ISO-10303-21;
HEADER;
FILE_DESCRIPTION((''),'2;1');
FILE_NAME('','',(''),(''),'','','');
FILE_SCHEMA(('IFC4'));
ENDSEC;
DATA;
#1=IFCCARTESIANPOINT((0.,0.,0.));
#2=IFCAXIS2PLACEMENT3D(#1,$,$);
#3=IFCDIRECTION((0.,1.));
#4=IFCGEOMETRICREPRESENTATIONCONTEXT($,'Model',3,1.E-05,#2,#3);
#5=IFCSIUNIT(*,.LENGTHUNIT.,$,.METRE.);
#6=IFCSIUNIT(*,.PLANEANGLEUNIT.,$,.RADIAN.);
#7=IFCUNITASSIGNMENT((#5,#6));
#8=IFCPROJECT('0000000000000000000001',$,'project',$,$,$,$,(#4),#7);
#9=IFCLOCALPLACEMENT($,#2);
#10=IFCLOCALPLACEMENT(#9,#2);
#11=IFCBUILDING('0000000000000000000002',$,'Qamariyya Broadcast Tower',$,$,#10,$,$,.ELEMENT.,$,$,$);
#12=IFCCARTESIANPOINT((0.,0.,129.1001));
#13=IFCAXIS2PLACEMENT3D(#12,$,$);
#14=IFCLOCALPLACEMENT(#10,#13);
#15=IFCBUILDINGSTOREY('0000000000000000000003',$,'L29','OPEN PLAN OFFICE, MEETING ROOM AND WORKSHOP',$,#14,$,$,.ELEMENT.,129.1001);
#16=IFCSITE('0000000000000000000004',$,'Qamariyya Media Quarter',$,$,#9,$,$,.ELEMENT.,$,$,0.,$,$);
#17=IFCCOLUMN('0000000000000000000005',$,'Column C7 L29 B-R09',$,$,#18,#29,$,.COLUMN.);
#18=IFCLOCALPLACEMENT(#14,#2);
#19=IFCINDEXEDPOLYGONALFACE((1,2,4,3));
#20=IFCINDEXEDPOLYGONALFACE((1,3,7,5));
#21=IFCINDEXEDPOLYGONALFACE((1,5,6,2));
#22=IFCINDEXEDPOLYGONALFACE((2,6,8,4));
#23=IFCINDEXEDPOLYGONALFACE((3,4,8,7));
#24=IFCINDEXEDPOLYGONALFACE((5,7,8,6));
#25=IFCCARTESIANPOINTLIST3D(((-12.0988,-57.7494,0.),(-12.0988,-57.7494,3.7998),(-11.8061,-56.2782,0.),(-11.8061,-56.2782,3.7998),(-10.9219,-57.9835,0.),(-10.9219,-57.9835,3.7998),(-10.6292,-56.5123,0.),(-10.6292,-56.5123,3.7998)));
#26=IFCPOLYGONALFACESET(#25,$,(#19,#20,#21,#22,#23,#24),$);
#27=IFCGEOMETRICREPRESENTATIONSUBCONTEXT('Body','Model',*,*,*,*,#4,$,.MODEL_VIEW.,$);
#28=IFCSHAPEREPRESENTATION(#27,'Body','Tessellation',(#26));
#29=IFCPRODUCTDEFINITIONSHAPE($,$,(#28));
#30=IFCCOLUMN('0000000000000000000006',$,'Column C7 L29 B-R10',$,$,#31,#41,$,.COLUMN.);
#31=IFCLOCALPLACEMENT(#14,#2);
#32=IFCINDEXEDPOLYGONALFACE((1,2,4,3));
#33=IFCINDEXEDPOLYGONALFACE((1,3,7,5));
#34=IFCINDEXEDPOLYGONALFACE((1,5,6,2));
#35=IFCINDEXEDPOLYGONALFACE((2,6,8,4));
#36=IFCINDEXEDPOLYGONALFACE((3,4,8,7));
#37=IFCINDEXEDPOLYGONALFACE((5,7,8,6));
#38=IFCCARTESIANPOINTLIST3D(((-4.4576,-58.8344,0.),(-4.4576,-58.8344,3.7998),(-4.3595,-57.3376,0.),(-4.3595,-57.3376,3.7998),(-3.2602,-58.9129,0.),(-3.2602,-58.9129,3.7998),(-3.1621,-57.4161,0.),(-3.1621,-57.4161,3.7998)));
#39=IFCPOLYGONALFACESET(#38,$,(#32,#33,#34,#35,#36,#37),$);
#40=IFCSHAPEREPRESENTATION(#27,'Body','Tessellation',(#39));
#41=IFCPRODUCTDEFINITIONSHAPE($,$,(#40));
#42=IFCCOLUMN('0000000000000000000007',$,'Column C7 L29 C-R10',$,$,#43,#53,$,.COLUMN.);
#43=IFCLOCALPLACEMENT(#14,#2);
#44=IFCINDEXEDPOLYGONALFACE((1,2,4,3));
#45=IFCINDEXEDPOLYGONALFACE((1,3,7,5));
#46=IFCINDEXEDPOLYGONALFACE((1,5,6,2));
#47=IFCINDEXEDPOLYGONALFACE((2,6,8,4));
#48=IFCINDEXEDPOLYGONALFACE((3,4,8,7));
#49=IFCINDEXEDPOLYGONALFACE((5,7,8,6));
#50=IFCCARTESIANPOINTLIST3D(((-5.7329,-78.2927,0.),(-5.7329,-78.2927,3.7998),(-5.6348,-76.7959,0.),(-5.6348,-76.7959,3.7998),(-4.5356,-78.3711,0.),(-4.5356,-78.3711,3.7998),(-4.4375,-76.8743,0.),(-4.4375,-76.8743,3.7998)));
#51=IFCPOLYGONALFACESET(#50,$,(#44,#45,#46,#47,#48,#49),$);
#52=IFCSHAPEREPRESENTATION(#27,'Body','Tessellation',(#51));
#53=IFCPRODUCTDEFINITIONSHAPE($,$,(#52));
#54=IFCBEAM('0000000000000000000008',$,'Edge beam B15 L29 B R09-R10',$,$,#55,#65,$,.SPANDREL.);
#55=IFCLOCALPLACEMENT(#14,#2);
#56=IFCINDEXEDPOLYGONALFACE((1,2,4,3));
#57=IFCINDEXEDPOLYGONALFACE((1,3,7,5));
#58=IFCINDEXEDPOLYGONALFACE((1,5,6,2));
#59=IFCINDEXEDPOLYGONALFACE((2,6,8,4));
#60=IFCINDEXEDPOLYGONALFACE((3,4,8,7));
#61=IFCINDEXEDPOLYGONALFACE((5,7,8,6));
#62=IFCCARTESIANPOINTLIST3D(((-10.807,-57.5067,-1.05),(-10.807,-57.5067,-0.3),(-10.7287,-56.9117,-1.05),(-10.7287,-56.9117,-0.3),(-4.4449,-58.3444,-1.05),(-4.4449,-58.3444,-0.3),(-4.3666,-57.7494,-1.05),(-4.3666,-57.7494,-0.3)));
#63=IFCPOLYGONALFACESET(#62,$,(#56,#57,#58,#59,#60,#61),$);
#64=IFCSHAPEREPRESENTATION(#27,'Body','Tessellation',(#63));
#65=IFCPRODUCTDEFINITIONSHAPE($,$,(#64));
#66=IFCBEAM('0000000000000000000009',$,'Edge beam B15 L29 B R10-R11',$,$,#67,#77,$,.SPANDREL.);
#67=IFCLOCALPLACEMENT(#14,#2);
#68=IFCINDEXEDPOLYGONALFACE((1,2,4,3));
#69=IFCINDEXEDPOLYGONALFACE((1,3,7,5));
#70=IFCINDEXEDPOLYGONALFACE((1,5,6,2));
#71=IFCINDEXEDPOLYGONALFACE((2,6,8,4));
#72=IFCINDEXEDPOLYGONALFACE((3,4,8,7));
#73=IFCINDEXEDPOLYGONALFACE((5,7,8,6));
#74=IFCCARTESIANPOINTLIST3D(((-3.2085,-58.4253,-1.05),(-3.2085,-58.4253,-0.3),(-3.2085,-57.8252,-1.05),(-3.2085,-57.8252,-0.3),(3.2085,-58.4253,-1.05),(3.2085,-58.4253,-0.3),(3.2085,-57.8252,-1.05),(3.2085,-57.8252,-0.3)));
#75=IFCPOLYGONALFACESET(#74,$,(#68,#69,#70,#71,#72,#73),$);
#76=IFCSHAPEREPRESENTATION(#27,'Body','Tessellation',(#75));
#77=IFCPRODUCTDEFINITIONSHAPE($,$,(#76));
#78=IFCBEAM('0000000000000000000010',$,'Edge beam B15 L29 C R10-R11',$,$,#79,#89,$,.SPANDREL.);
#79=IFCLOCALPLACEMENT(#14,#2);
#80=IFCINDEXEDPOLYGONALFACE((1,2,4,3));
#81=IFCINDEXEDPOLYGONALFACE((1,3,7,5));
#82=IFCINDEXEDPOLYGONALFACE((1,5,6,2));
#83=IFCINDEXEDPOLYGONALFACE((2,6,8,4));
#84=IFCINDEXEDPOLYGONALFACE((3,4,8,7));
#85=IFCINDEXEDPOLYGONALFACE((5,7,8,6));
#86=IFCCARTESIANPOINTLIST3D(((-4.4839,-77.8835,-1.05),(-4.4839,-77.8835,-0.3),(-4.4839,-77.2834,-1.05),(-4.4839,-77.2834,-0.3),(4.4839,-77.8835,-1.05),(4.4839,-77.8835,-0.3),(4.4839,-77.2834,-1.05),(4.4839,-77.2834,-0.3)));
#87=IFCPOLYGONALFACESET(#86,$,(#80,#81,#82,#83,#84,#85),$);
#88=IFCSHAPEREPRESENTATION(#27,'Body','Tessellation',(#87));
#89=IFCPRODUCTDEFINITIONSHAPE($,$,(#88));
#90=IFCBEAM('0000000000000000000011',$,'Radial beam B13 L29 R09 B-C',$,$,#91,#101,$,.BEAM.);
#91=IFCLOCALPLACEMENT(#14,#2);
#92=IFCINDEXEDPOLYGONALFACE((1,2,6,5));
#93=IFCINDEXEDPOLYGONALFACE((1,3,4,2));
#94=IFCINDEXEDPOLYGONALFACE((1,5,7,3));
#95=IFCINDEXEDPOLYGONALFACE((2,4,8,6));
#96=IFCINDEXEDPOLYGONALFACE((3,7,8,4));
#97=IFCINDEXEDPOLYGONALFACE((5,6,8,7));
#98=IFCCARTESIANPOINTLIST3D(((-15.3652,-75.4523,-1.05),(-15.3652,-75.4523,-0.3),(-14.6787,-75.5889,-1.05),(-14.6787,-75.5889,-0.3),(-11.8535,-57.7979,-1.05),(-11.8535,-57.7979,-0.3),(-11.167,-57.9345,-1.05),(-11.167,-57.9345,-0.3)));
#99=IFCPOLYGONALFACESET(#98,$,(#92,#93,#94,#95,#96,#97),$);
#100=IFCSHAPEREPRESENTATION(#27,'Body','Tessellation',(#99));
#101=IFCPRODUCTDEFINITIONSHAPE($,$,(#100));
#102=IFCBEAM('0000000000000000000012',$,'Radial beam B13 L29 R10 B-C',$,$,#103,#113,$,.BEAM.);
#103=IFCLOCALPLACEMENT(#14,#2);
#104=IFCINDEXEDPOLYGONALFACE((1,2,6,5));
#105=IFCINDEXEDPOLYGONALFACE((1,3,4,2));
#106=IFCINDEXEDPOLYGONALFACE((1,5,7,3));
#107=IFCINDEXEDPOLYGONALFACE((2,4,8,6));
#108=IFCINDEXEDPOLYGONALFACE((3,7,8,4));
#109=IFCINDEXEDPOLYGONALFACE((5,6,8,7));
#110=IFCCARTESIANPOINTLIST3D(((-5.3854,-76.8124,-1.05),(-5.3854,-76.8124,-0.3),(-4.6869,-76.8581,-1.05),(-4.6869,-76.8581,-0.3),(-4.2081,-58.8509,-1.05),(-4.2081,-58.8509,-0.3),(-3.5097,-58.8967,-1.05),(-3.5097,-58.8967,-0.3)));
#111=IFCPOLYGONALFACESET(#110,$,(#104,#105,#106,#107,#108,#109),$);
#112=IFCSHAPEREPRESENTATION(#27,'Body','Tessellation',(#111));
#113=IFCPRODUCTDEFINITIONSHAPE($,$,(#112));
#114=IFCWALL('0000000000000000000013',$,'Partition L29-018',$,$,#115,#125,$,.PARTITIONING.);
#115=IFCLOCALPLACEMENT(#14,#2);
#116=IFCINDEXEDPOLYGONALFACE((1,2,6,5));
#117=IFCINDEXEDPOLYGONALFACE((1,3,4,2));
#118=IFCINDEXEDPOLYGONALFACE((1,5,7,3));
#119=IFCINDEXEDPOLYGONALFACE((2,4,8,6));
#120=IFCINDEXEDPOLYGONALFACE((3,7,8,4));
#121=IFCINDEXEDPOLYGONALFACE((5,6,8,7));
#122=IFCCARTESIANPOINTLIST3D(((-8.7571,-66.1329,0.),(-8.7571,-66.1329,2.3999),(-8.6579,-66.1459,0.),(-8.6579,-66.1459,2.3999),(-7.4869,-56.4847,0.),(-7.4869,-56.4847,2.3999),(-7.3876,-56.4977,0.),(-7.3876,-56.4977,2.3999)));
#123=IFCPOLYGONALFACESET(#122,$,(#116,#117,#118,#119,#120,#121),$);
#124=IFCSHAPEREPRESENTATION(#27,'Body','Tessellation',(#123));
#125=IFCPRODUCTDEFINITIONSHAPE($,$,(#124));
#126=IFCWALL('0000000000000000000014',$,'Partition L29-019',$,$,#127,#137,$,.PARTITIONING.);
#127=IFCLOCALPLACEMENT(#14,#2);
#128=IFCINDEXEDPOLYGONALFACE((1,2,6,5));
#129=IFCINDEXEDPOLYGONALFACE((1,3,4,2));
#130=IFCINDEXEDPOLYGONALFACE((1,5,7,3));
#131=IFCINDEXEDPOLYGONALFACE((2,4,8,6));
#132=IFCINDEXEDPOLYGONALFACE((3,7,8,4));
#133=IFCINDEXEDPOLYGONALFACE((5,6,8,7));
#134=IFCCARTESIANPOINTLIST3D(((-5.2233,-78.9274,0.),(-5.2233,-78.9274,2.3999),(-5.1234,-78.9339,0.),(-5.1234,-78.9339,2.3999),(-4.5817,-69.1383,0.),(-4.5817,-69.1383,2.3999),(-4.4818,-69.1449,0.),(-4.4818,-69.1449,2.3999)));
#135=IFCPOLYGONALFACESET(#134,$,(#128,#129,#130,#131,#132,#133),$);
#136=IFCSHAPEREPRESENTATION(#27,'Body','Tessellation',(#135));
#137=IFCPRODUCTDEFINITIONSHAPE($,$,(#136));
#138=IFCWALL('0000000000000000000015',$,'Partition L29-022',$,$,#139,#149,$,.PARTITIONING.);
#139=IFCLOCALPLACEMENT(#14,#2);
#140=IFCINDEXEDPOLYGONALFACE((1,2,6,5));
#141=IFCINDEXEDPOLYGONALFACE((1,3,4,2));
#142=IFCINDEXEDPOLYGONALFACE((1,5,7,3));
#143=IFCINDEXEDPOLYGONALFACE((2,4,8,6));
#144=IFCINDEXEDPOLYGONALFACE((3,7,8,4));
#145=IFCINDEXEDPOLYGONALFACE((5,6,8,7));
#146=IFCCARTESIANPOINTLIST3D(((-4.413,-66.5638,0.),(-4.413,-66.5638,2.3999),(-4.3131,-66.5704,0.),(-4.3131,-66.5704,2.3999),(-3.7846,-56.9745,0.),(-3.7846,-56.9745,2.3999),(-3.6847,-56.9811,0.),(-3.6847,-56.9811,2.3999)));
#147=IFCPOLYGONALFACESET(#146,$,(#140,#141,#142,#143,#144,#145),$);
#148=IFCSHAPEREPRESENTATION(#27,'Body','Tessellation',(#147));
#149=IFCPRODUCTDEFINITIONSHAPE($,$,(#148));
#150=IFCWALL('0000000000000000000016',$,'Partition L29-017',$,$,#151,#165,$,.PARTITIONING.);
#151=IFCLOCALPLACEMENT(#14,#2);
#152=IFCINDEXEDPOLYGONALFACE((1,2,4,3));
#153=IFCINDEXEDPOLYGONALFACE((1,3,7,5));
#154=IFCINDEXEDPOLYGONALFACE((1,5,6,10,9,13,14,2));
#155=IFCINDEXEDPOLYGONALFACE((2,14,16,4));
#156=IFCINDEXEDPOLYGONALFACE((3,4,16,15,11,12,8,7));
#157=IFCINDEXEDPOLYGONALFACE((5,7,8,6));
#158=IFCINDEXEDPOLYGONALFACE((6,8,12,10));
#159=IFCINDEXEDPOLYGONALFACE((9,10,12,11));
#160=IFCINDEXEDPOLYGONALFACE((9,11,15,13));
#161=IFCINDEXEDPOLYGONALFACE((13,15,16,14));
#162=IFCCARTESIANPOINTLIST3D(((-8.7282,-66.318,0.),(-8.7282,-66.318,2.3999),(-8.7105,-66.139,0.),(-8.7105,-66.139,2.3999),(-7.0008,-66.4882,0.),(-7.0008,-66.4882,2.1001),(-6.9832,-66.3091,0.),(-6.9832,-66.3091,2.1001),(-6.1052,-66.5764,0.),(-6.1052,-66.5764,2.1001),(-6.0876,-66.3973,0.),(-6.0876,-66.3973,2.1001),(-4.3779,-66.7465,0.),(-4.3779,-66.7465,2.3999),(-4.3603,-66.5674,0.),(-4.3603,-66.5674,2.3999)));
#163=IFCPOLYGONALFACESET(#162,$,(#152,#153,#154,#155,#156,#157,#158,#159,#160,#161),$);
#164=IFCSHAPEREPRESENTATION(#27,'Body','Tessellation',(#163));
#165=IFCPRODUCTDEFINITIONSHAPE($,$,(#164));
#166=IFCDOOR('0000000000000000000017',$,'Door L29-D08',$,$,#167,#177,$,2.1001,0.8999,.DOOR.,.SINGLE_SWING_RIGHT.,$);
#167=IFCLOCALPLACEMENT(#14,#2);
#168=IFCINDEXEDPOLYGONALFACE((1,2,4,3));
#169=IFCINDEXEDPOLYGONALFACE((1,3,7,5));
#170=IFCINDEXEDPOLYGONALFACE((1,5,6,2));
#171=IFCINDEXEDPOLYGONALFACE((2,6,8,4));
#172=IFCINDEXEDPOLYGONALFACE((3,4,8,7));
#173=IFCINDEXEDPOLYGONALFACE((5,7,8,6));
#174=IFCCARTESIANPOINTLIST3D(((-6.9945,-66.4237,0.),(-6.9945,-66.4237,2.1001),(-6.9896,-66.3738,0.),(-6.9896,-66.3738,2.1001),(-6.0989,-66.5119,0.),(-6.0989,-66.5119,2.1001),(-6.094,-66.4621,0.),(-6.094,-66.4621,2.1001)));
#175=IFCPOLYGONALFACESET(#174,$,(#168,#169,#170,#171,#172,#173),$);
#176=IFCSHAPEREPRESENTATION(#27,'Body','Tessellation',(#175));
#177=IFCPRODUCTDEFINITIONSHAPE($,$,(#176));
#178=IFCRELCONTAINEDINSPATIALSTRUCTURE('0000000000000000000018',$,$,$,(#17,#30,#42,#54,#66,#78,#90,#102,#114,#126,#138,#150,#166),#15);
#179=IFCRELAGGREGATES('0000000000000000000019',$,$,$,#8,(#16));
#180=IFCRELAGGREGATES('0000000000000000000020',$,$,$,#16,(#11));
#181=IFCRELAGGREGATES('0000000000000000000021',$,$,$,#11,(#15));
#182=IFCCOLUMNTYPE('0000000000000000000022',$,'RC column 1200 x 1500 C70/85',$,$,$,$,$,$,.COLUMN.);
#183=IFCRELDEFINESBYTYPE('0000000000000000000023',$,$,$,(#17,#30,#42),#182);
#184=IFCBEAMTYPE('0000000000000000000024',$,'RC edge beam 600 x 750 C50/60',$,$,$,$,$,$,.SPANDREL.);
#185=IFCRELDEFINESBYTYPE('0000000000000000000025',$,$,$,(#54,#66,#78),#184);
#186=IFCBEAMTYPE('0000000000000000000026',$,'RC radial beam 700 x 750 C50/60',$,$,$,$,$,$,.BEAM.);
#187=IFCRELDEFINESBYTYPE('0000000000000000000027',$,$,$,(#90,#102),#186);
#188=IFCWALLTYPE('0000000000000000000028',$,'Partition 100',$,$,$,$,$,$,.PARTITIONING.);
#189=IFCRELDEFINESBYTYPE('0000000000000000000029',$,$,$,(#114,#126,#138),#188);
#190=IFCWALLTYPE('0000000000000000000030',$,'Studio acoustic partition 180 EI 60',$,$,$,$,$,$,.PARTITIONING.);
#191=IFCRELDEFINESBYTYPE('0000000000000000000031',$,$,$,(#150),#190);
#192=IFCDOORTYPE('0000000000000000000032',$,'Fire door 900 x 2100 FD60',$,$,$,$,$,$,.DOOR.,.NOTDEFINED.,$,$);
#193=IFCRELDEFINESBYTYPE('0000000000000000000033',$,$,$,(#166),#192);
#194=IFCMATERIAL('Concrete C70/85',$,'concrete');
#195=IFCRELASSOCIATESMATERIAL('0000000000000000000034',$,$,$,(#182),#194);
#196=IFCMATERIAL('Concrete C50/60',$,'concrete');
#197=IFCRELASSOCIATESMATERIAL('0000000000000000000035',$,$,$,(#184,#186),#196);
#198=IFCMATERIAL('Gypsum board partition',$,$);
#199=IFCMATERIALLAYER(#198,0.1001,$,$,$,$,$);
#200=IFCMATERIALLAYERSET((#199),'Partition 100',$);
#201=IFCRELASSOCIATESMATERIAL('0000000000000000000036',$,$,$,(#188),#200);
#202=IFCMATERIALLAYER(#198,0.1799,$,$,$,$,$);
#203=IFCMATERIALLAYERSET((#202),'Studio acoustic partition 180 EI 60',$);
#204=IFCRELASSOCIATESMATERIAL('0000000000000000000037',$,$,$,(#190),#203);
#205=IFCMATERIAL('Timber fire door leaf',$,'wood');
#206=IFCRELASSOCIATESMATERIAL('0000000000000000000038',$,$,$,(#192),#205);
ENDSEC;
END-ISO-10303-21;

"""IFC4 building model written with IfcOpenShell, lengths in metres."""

from ifc_helpers import new_model, si_unit, direction, frame, frame_2d, origin, origin_2d, place, context, subcontext, project, spatial, rectangle, extrude, material, layer, layer_set, material_profile, profile_set, type_object, element, fill, save


model = new_model("IFC4")

# Units and contexts
model_context = context("Model", 3, precision=1e-05, world=origin(), true_north=direction((0.0, 1.0)))
body_context = subcontext(model_context, "Body", "Model", "MODEL_VIEW")
ifc_project = project(units=[si_unit("LENGTHUNIT", "METRE"), si_unit("PLANEANGLEUNIT", "RADIAN")], contexts=[model_context])

# Site, building, storey
site_placement = place(None, origin())
site = spatial("IfcSite", under=ifc_project, at=site_placement, Name="Qamariyya Media Quarter", CompositionType="ELEMENT", RefElevation=0.0)
building_placement = place(site_placement, origin())
building = spatial("IfcBuilding", under=site, at=building_placement, Name="Qamariyya Broadcast Tower", CompositionType="ELEMENT")
storey_placement = place(building_placement, frame((0.0, 0.0, 129.1001)))
storey = spatial("IfcBuildingStorey", under=building, at=storey_placement, Name="L29", Description="OPEN PLAN OFFICE, MEETING ROOM AND WORKSHOP", CompositionType="ELEMENT", Elevation=129.1001)

# Columns
ifc_material_1 = material(Name="Concrete C70/85", Category="concrete")
ifc_material_profile_1 = material_profile(ifc_material_1, rectangle(XDim=1.2, YDim=1.5, at=origin_2d()))
ifc_profile_set_1 = profile_set([ifc_material_profile_1], Name="Concrete C70/85")
column_type = type_object("IfcColumnType", Name="RC column 1200 x 1500 C70/85", PredefinedType="COLUMN", material=ifc_profile_set_1)
for number, where, z_axis, x_axis, name in (
    (1, (-11.364, -57.1309, 0.0), (0.0, 0.0, 1.0), (0.980785, -0.19509, 0.0), "Column C7 L29 B-R09"),
    (2, (-3.8098, -58.1252, 0.0), (0.0, 0.0, 1.0), (0.997859, -0.065403, 0.0), "Column C7 L29 B-R10"),
    (3, (-5.0852, -77.5835, 0.0), (0.0, 0.0, 1.0), (0.997859, -0.065403, 0.0), "Column C7 L29 C-R10"),
):
    element("IfcColumn", number, at=place(storey_placement, frame(where, z_axis=z_axis, x_axis=x_axis)), inside=storey, type_object=column_type, Name=name, PredefinedType="COLUMN", context=body_context, shape_type="SweptSolid", body=[
        extrude(rectangle(XDim=1.2, YDim=1.5, at=origin_2d()), origin(), (0.0, 0.0, 1.0), 3.7998),
    ])

# Beams
ifc_material_2 = material(Name="Concrete C50/60", Category="concrete")
ifc_material_profile_2 = material_profile(ifc_material_2, rectangle(XDim=0.6001, YDim=0.75, at=origin_2d()))
ifc_profile_set_2 = profile_set([ifc_material_profile_2], Name="Concrete C50/60")
beam_type_1 = type_object("IfcBeamType", Name="RC edge beam 600 x 750 C50/60", PredefinedType="SPANDREL", material=ifc_profile_set_2)
for number, where, z_axis, x_axis, name in (
    (4, (-10.7678, -57.2092, -0.675), (0.991444, -0.130536, 0.0), (0.130536, 0.991444, 0.0), "Edge beam B15 L29 B R09-R10"),
    (5, (-3.2085, -58.1252, -0.675), (1.0, 0.0, 0.0), (0.0, 1.0, 0.0), "Edge beam B15 L29 B R10-R11"),
):
    element("IfcBeam", number, at=place(storey_placement, frame(where, z_axis=z_axis, x_axis=x_axis)), inside=storey, type_object=beam_type_1, Name=name, PredefinedType="SPANDREL", context=body_context, shape_type="SweptSolid", body=[
        extrude(rectangle(XDim=0.6001, YDim=0.75, at=origin_2d()), origin(), (0.0, 0.0, 1.0), 6.417),
    ])
beam_1_placement = place(storey_placement, frame((-4.4839, -77.5835, -0.675), z_axis=(1.0, 0.0, 0.0), x_axis=(0.0, 1.0, 0.0)))
element("IfcBeam", 6, at=beam_1_placement, inside=storey, type_object=beam_type_1, Name="Edge beam B15 L29 C R10-R11", PredefinedType="SPANDREL", context=body_context, shape_type="SweptSolid", body=[
    extrude(rectangle(XDim=0.6001, YDim=0.75, at=origin_2d()), origin(), (0.0, 0.0, 1.0), 8.9678),
])
ifc_material_profile_3 = material_profile(ifc_material_2, rectangle(XDim=0.7, YDim=0.75, at=origin_2d()))
ifc_profile_set_3 = profile_set([ifc_material_profile_3], Name="Concrete C50/60")
beam_type_2 = type_object("IfcBeamType", Name="RC radial beam 700 x 750 C50/60", PredefinedType="BEAM", material=ifc_profile_set_3)
beam_2_placement = place(storey_placement, frame((-11.5103, -57.8662, -0.675), z_axis=(-0.195094, -0.980785, 0.0), x_axis=(0.980785, -0.195094, 0.0)))
element("IfcBeam", 7, at=beam_2_placement, inside=storey, type_object=beam_type_2, Name="Radial beam B13 L29 R09 B-C", PredefinedType="BEAM", context=body_context, shape_type="SweptSolid", body=[
    extrude(rectangle(XDim=0.7, YDim=0.75, at=origin_2d()), origin(), (0.0, 0.0, 1.0), 18.0002),
])
beam_3_placement = place(storey_placement, frame((-3.8589, -58.8738, -0.675), z_axis=(-0.065403, -0.997859, 0.0), x_axis=(0.997859, -0.065403, 0.0)))
element("IfcBeam", 8, at=beam_3_placement, inside=storey, type_object=beam_type_2, Name="Radial beam B13 L29 R10 B-C", PredefinedType="BEAM", context=body_context, shape_type="SweptSolid", body=[
    extrude(rectangle(XDim=0.7, YDim=0.75, at=origin_2d()), origin(), (0.0, 0.0, 1.0), 18.0),
])

# Walls
ifc_material_3 = material(Name="Gypsum board partition")
ifc_layer_1 = layer(ifc_material_3, 0.1001)
ifc_layer_set_1 = layer_set([ifc_layer_1], Name="Partition 100")
wall_type_1 = type_object("IfcWallType", Name="Partition 100", PredefinedType="PARTITIONING", material=ifc_layer_set_1)
wall_1_placement = place(storey_placement, frame((-7.4373, -56.4912, 0.0), z_axis=(0.0, 0.0, 1.0), x_axis=(-0.130532, -0.991444, 0.0)))
element("IfcWall", 9, at=wall_1_placement, inside=storey, type_object=wall_type_1, Name="Partition L29-018", PredefinedType="PARTITIONING", context=body_context, shape_type="SweptSolid", body=[
    extrude(rectangle(XDim=9.7314, YDim=0.1001, at=frame_2d((4.8657, 0.0))), origin(), (0.0, 0.0, 1.0), 2.3999),
])
wall_2_placement = place(storey_placement, frame((-5.1733, -78.9307, 0.0), z_axis=(0.0, 0.0, 1.0), x_axis=(0.065402, 0.997859, 0.0)))
element("IfcWall", 10, at=wall_2_placement, inside=storey, type_object=wall_type_1, Name="Partition L29-019", PredefinedType="PARTITIONING", context=body_context, shape_type="SweptSolid", body=[
    extrude(rectangle(XDim=9.8101, YDim=0.1001, at=frame_2d((4.905, 0.0))), origin(), (0.0, 0.0, 1.0), 2.3999),
])
wall_3_placement = place(storey_placement, frame((-3.7346, -56.9778, 0.0), z_axis=(0.0, 0.0, 1.0), x_axis=(-0.065393, -0.99786, 0.0)))
element("IfcWall", 11, at=wall_3_placement, inside=storey, type_object=wall_type_1, Name="Partition L29-022", PredefinedType="PARTITIONING", context=body_context, shape_type="SweptSolid", body=[
    extrude(rectangle(XDim=9.6099, YDim=0.1001, at=frame_2d((4.8049, 0.0))), origin(), (0.0, 0.0, 1.0), 2.3999),
])

# Wall, opening, door
ifc_layer_2 = layer(ifc_material_3, 0.1799)
ifc_layer_set_2 = layer_set([ifc_layer_2], Name="Studio acoustic partition 180 EI 60")
wall_type_2 = type_object("IfcWallType", Name="Studio acoustic partition 180 EI 60", PredefinedType="PARTITIONING", material=ifc_layer_set_2)
wall_4_placement = place(storey_placement, frame((-8.7192, -66.2285, 0.0), z_axis=(0.0, 0.0, 1.0), x_axis=(0.995185, -0.098016, 0.0)))
wall_4 = element("IfcWall", 12, at=wall_4_placement, inside=storey, type_object=wall_type_2, Name="Partition L29-017", PredefinedType="PARTITIONING", context=body_context, shape_type="SweptSolid", body=[
    extrude(rectangle(XDim=4.3713, YDim=0.1799, at=frame_2d((2.1855, 0.0))), origin(), (0.0, 0.0, 1.0), 2.3999),
])
opening_1_placement = place(wall_4_placement, frame((1.7356, 0.0, 0.0)))
opening_1 = element("IfcOpeningElement", 13, at=opening_1_placement, cuts=wall_4, PredefinedType="OPENING", context=body_context, shape_type="SweptSolid", body=[
    extrude(rectangle(XDim=0.8999, YDim=2.1001, at=frame_2d((0.45, 1.05))), frame((0.0, 0.0999, 0.0), z_axis=(0.0, -1.0, 0.0), x_axis=(1.0, 0.0, 0.0)), (0.0, 0.0, 1.0), 0.2),
])
ifc_material_4 = material(Name="Timber fire door leaf", Category="wood")
door_type = type_object("IfcDoorType", Name="Fire door 900 x 2100 FD60", OperationType="NOTDEFINED", PredefinedType="DOOR", material=ifc_material_4)
door_1_placement = place(opening_1_placement, origin())
door_1 = element("IfcDoor", 14, at=door_1_placement, inside=storey, type_object=door_type, Name="Door L29-D08", OperationType="SINGLE_SWING_RIGHT", OverallHeight=2.1001, OverallWidth=0.8999, PredefinedType="DOOR", context=body_context, shape_type="SweptSolid", body=[
    extrude(rectangle(XDim=0.8999, YDim=2.1001, at=frame_2d((0.45, 1.05))), frame((0.0, 0.0249, 0.0), z_axis=(0.0, -1.0, 0.0), x_axis=(1.0, 0.0, 0.0)), (0.0, 0.0, 1.0), 0.05),
])
fill(opening_1, door_1)

save(model, "model.ifc")
